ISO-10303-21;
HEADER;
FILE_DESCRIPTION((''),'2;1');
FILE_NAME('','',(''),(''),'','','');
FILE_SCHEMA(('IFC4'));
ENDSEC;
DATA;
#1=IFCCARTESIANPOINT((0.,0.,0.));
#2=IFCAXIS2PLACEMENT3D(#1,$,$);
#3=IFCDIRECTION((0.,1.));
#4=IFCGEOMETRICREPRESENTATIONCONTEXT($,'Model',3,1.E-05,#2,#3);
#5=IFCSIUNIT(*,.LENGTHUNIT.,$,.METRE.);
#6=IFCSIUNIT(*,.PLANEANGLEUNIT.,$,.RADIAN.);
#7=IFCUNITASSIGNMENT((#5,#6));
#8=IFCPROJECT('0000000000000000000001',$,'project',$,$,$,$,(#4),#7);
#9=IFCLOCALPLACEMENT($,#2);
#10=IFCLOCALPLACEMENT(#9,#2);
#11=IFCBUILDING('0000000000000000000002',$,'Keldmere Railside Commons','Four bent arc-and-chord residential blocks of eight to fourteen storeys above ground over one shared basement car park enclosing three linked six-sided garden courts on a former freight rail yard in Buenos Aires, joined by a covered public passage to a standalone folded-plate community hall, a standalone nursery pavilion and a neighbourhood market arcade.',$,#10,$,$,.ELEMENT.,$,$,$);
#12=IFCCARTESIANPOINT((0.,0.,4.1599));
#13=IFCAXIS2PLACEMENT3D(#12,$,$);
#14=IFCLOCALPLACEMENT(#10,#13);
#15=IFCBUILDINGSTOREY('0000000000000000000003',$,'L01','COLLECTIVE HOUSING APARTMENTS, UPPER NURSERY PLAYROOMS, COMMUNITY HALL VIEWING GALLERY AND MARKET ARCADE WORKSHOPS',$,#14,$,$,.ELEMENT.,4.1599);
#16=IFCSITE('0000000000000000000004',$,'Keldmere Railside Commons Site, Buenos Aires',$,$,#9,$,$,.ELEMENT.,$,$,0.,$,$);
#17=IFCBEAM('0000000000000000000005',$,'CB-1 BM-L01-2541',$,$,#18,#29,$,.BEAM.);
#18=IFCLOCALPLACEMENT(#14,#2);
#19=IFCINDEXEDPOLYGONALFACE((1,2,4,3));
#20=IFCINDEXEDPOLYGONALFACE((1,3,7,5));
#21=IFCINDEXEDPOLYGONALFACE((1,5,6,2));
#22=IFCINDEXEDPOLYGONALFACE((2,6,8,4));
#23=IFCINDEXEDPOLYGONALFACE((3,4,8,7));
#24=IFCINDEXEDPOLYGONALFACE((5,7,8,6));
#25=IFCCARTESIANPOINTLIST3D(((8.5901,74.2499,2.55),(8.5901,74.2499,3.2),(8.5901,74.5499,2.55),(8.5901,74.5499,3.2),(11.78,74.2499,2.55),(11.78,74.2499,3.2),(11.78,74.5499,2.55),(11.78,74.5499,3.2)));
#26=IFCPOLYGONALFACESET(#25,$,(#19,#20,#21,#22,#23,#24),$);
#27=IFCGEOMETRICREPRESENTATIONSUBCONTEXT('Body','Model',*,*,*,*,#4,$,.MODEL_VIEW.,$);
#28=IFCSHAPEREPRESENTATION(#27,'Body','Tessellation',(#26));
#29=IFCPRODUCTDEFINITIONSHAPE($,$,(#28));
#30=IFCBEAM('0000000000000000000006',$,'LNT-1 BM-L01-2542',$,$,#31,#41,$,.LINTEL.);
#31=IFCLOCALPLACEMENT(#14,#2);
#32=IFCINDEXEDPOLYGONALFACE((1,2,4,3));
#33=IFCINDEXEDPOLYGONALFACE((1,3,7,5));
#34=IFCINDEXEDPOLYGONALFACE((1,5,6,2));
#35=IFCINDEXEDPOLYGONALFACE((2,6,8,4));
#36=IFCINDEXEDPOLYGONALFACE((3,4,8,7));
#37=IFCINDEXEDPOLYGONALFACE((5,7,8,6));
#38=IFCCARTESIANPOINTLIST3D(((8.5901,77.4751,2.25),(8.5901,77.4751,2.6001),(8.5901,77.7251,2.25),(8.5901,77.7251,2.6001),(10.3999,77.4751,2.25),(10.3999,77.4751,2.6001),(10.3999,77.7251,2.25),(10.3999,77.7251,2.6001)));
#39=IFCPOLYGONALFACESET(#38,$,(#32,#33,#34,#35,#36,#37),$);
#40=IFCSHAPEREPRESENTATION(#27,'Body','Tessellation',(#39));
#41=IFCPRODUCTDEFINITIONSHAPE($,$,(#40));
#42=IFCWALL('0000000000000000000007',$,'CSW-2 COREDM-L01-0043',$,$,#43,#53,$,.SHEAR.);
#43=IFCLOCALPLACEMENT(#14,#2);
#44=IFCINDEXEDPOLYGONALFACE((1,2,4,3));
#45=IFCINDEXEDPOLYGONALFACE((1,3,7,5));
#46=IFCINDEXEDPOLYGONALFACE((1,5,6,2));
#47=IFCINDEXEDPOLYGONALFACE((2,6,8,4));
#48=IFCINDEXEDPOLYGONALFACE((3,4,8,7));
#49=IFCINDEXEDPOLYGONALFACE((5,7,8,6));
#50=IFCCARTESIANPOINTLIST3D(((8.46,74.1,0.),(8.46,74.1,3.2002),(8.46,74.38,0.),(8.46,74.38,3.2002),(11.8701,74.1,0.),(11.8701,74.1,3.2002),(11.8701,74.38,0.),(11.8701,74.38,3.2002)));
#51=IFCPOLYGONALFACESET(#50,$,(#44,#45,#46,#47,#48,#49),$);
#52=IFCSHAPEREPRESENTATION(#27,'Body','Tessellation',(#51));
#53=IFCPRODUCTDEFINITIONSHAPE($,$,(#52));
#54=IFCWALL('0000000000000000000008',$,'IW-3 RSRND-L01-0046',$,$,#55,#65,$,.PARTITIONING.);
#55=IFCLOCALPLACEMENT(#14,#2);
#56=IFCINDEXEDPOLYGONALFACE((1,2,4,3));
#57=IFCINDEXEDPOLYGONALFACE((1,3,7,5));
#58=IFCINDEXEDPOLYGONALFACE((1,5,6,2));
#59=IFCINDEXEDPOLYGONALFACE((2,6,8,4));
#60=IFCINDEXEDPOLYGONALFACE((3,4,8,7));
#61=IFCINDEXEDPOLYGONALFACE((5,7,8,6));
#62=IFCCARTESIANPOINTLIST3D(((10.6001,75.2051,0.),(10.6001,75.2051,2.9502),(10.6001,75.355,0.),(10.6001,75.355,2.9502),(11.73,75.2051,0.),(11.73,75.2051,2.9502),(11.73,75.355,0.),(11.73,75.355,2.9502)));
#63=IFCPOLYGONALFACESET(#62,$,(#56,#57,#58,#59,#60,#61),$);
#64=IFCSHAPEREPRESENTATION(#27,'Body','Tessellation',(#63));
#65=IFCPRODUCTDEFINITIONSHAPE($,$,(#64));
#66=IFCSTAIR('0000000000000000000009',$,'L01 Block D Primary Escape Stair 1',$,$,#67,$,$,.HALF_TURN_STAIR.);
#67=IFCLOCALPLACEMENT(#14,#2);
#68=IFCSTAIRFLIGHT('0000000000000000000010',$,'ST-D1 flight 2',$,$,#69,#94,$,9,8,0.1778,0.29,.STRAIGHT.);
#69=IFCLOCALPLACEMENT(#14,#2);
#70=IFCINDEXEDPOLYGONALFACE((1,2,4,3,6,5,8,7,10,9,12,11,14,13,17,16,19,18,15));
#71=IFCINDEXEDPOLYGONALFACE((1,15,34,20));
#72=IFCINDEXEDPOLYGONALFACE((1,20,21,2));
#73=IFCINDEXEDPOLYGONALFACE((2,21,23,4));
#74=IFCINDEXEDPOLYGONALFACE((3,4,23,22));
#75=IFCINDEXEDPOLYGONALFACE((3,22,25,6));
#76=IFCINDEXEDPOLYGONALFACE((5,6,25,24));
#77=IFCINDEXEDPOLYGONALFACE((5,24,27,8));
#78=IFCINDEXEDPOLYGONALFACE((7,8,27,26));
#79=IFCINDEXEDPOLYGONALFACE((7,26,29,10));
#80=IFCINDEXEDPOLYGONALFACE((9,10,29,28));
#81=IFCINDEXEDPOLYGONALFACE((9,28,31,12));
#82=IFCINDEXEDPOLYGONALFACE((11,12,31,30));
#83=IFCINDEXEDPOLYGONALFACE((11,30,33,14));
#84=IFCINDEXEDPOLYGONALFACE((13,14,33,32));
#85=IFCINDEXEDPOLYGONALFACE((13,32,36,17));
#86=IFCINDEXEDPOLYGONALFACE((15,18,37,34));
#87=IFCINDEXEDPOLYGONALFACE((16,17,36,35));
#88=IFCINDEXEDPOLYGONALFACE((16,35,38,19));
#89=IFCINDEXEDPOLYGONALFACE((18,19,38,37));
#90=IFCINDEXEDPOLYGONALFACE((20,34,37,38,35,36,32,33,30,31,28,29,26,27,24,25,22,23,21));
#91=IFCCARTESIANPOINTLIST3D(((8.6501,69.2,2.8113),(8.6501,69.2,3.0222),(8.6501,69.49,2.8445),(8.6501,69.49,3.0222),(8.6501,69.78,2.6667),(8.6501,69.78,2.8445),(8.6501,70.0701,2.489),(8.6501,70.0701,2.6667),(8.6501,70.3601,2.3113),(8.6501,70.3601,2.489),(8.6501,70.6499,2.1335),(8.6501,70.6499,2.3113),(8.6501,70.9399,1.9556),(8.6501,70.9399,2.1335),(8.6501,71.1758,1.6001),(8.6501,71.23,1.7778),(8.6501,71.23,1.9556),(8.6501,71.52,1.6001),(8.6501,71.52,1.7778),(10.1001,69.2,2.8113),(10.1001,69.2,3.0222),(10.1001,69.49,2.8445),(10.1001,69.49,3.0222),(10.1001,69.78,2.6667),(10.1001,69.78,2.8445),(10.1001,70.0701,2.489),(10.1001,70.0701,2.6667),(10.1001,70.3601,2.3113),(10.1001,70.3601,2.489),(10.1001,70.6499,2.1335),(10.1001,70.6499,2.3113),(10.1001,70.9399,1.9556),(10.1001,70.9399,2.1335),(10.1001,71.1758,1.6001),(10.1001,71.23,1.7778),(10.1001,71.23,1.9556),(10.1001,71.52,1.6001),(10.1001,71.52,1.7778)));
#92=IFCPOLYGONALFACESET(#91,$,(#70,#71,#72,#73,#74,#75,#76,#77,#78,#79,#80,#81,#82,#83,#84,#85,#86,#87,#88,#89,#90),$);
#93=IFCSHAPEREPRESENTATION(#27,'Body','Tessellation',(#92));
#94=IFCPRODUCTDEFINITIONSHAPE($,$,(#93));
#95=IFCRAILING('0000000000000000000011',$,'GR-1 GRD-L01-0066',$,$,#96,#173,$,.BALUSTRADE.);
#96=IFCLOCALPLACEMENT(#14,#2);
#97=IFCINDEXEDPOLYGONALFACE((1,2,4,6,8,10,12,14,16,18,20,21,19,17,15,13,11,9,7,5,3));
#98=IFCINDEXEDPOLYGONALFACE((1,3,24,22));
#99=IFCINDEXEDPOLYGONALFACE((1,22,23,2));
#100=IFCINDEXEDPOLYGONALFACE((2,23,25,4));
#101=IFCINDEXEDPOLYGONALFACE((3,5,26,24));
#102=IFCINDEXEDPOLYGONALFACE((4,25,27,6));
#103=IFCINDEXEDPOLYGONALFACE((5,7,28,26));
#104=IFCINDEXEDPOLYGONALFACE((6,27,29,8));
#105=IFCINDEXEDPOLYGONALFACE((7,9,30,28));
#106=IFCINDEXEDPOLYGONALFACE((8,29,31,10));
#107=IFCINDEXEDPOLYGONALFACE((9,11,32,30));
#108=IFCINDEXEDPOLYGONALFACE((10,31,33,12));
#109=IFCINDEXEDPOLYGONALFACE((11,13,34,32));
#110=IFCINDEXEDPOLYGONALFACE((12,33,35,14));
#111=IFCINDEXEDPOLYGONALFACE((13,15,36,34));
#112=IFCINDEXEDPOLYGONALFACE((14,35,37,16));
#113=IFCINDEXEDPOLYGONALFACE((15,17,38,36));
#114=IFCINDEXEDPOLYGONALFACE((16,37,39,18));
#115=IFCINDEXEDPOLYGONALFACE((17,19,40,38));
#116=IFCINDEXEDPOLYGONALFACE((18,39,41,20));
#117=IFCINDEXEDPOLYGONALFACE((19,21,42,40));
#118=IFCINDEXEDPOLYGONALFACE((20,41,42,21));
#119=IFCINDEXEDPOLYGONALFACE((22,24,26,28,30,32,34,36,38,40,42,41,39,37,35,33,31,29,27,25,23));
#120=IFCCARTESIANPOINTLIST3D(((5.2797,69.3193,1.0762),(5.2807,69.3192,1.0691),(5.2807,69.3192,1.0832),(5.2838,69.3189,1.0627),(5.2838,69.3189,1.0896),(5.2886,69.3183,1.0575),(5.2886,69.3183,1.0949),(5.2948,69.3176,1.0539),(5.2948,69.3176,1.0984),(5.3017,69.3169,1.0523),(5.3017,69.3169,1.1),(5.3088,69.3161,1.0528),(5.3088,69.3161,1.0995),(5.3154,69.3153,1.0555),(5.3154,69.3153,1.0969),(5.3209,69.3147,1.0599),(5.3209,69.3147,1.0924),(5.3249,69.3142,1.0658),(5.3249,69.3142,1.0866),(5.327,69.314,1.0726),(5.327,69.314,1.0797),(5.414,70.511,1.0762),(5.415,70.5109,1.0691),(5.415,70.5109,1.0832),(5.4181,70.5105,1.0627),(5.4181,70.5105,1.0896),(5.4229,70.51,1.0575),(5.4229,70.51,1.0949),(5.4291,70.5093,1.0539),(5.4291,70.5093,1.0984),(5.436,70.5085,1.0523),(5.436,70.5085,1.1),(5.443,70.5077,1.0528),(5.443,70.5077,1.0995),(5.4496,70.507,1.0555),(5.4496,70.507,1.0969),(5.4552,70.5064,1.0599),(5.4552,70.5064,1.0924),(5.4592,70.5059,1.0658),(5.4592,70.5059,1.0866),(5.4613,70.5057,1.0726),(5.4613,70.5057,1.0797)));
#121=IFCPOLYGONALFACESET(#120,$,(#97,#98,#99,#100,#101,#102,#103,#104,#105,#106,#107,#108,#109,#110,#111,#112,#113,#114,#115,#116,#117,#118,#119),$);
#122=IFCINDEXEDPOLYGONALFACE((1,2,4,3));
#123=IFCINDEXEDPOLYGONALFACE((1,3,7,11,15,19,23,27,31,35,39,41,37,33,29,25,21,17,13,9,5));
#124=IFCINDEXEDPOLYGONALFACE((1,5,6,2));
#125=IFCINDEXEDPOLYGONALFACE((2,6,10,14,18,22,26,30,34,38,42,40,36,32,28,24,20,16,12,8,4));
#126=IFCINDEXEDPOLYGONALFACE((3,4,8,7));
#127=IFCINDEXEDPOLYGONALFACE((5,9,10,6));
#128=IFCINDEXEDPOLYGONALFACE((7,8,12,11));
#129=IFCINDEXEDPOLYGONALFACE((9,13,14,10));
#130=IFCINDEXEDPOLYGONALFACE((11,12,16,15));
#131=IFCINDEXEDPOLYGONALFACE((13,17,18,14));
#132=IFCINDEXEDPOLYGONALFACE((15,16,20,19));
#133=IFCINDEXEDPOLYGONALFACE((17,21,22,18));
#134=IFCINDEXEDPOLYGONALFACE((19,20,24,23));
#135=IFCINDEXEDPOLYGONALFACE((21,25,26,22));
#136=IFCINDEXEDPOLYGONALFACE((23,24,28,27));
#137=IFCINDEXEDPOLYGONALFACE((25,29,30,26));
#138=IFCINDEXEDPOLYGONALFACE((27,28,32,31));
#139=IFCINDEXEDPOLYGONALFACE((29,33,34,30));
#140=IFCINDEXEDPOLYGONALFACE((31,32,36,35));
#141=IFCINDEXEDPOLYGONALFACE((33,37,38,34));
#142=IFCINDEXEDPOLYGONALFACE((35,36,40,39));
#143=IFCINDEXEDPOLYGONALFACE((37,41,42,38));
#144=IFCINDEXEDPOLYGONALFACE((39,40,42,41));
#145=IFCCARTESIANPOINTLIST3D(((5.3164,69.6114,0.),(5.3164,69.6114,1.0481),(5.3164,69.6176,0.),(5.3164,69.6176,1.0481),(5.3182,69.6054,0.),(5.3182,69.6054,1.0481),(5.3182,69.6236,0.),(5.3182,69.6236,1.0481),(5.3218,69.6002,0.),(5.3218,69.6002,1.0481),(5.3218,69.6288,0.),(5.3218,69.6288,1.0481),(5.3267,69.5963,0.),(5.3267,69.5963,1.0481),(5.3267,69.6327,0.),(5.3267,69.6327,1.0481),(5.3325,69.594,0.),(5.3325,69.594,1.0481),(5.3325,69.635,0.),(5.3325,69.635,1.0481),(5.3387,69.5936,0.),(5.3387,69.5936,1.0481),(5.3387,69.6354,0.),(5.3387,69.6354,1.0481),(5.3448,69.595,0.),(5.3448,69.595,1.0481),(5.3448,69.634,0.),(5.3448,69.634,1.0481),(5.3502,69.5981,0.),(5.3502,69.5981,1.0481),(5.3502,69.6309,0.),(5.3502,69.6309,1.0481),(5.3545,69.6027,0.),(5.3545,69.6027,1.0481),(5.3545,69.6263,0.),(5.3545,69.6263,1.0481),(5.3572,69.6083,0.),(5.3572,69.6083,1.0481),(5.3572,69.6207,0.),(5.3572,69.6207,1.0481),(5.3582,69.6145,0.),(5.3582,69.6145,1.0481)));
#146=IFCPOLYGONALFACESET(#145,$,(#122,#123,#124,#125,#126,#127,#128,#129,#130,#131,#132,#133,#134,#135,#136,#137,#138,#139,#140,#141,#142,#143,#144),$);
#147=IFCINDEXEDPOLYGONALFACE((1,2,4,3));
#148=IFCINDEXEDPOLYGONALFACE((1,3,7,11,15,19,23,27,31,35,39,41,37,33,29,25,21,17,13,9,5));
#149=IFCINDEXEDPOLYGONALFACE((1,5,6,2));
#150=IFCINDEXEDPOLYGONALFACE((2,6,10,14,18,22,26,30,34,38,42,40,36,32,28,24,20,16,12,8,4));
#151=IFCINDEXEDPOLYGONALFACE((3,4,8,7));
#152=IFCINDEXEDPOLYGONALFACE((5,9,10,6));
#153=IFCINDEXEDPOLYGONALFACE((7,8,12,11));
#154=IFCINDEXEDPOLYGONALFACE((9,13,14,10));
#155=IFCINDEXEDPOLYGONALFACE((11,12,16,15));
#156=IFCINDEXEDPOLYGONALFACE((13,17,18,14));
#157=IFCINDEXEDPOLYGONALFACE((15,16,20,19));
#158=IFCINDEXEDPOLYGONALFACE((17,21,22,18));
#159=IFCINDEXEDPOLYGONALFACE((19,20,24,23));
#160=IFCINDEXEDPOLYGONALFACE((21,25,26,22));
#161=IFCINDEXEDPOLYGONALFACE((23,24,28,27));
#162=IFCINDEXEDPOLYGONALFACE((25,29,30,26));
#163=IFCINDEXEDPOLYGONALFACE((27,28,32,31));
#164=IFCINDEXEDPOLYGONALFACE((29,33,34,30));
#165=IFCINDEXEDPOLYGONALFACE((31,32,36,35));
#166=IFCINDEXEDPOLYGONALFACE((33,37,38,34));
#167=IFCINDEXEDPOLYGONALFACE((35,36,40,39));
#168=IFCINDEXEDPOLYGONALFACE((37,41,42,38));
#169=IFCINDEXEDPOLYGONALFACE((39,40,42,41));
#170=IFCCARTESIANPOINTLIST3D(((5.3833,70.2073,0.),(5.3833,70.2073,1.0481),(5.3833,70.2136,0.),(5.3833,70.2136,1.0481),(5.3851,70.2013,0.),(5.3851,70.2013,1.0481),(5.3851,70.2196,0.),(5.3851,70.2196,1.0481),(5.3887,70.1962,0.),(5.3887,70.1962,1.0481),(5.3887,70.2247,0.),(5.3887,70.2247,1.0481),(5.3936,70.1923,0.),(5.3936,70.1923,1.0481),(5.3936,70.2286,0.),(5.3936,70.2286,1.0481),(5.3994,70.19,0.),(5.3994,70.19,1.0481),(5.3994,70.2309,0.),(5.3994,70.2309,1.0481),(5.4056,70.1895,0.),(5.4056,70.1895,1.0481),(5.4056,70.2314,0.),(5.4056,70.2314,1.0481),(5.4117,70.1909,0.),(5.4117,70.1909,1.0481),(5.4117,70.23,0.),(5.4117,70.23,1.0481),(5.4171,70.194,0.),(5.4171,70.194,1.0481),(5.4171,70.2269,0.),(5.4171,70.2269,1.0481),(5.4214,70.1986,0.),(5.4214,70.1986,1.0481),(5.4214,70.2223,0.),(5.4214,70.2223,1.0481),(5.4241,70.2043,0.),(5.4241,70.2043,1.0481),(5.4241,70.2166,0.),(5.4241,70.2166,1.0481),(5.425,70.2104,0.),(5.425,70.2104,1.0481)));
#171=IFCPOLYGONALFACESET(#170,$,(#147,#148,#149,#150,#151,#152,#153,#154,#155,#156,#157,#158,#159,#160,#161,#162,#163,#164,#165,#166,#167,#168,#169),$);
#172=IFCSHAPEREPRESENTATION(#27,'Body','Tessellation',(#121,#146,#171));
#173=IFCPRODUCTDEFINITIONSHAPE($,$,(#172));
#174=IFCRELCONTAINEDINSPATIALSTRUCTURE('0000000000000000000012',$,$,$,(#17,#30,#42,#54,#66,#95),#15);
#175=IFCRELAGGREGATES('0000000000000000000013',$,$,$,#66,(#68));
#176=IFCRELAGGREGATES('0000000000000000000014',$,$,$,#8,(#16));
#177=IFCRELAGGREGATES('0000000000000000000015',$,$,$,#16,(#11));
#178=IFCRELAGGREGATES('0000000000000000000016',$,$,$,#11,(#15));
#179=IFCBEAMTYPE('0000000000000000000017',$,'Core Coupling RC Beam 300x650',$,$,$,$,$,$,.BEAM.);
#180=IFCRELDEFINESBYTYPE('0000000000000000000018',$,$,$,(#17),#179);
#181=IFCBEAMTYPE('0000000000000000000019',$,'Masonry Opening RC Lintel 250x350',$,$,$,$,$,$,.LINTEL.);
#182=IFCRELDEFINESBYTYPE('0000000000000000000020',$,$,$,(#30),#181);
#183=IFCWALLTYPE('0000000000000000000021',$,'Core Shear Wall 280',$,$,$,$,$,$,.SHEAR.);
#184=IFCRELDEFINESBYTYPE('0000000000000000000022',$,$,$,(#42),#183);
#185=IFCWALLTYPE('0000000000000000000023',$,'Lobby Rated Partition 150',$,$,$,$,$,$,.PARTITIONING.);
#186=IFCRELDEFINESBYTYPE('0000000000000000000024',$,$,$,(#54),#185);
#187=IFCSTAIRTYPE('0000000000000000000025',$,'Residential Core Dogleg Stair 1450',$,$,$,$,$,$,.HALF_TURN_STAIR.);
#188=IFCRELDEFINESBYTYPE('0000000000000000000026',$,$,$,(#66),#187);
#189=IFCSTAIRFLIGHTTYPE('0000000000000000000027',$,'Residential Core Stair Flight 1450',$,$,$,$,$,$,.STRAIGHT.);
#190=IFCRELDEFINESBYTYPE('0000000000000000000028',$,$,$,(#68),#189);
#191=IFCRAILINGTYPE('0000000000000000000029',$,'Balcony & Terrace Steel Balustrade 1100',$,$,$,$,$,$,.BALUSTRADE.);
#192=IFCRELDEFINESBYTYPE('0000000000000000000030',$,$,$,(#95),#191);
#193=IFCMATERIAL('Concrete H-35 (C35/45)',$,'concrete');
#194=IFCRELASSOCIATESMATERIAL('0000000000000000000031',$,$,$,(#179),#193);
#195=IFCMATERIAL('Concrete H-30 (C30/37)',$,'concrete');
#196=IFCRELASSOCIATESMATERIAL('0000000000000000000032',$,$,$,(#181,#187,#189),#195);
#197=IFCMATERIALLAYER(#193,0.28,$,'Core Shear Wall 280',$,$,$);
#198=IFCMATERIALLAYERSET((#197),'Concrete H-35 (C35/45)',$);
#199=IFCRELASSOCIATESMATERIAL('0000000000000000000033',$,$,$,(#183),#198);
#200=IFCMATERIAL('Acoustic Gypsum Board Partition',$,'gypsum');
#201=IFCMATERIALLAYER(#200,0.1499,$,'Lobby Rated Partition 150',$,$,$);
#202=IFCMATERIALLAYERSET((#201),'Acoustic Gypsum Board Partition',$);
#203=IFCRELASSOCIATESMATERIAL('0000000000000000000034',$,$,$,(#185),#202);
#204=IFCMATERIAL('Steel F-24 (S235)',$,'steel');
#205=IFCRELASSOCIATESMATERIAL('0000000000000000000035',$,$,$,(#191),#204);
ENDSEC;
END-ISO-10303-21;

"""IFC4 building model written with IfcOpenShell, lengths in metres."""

from ifc_helpers import new_model, si_unit, direction, frame, frame_2d, origin, origin_2d, place, context, subcontext, project, spatial, polyline, rectangle, circle, outline, extrude, material, layer, layer_set, material_profile, profile_set, type_object, element, aggregate, save


model = new_model("IFC4")

# Units and contexts
model_context = context("Model", 3, precision=1e-05, world=origin(), true_north=direction((0.0, 1.0)))
body_context = subcontext(model_context, "Body", "Model", "MODEL_VIEW")
ifc_project = project(units=[si_unit("LENGTHUNIT", "METRE"), si_unit("PLANEANGLEUNIT", "RADIAN")], contexts=[model_context])

# Site, building, storey
site_placement = place(None, origin())
site = spatial("IfcSite", under=ifc_project, at=site_placement, Name="Keldmere Railside Commons Site, Buenos Aires", CompositionType="ELEMENT", RefElevation=0.0)
building_placement = place(site_placement, origin())
building = spatial("IfcBuilding", under=site, at=building_placement, Name="Keldmere Railside Commons", Description="Four bent arc-and-chord residential blocks of eight to fourteen storeys above ground over one shared basement car park enclosing three linked six-sided garden courts on a former freight rail yard in Buenos Aires, joined by a covered public passage to a standalone folded-plate community hall, a standalone nursery pavilion and a neighbourhood market arcade.", CompositionType="ELEMENT")
storey_placement = place(building_placement, frame((0.0, 0.0, 4.1599)))
storey = spatial("IfcBuildingStorey", under=building, at=storey_placement, Name="L01", Description="COLLECTIVE HOUSING APARTMENTS, UPPER NURSERY PLAYROOMS, COMMUNITY HALL VIEWING GALLERY AND MARKET ARCADE WORKSHOPS", CompositionType="ELEMENT", Elevation=4.1599)

# Beams
ifc_material_1 = material(Name="Concrete H-35 (C35/45)", Category="concrete")
ifc_material_profile_1 = material_profile(ifc_material_1, rectangle(XDim=0.3, YDim=0.6499, at=origin_2d()), Name="RC-300x650")
ifc_profile_set_1 = profile_set([ifc_material_profile_1], Name="Concrete H-35 (C35/45)")
beam_type_1 = type_object("IfcBeamType", Name="Core Coupling RC Beam 300x650", PredefinedType="BEAM", material=ifc_profile_set_1)
beam_1_placement = place(storey_placement, frame((8.5901, 74.3999, 2.875), z_axis=(1.0, 0.0, 0.0), x_axis=(0.0, 1.0, 0.0)))
element("IfcBeam", 1, at=beam_1_placement, inside=storey, type_object=beam_type_1, Name="CB-1 BM-L01-2541", PredefinedType="BEAM", context=body_context, shape_type="SweptSolid", body=[
    extrude(rectangle(XDim=0.3, YDim=0.6499, at=origin_2d()), origin(), (0.0, 0.0, 1.0), 3.1899),
])
ifc_material_2 = material(Name="Concrete H-30 (C30/37)", Category="concrete")
ifc_material_profile_2 = material_profile(ifc_material_2, rectangle(XDim=0.25, YDim=0.3501, at=origin_2d()), Name="RC-250x350")
ifc_profile_set_2 = profile_set([ifc_material_profile_2], Name="Concrete H-30 (C30/37)")
beam_type_2 = type_object("IfcBeamType", Name="Masonry Opening RC Lintel 250x350", PredefinedType="LINTEL", material=ifc_profile_set_2)
beam_2_placement = place(storey_placement, frame((8.5901, 77.6001, 2.425), z_axis=(1.0, 0.0, 0.0), x_axis=(0.0, 1.0, 0.0)))
element("IfcBeam", 2, at=beam_2_placement, inside=storey, type_object=beam_type_2, Name="LNT-1 BM-L01-2542", PredefinedType="LINTEL", context=body_context, shape_type="SweptSolid", body=[
    extrude(rectangle(XDim=0.25, YDim=0.3501, at=origin_2d()), origin(), (0.0, 0.0, 1.0), 1.8098),
])

# Wall
ifc_layer_1 = layer(ifc_material_1, 0.28, Name="Core Shear Wall 280")
ifc_layer_set_1 = layer_set([ifc_layer_1], Name="Concrete H-35 (C35/45)")
wall_type_1 = type_object("IfcWallType", Name="Core Shear Wall 280", PredefinedType="SHEAR", material=ifc_layer_set_1)
wall_1_placement = place(storey_placement, frame((8.46, 74.24, 0.0), z_axis=(0.0, 0.0, 1.0), x_axis=(1.0, 0.0, 0.0)))
element("IfcWall", 3, at=wall_1_placement, inside=storey, type_object=wall_type_1, Name="CSW-2 COREDM-L01-0043", PredefinedType="SHEAR", context=body_context, shape_type="SweptSolid", body=[
    extrude(rectangle(XDim=3.4102, YDim=0.28, at=frame_2d((1.7051, 0.0))), origin(), (0.0, 0.0, 1.0), 3.2002),
])

# Shared definitions
ifc_material_3 = material(Name="Steel F-24 (S235)", Category="steel")

# Wall
ifc_material_4 = material(Name="Acoustic Gypsum Board Partition", Category="gypsum")
ifc_layer_2 = layer(ifc_material_4, 0.1499, Name="Lobby Rated Partition 150")
ifc_layer_set_2 = layer_set([ifc_layer_2], Name="Acoustic Gypsum Board Partition")
wall_type_2 = type_object("IfcWallType", Name="Lobby Rated Partition 150", PredefinedType="PARTITIONING", material=ifc_layer_set_2)
wall_2_placement = place(storey_placement, frame((10.6001, 75.28, 0.0), z_axis=(0.0, 0.0, 1.0), x_axis=(1.0, 0.0, 0.0)))
element("IfcWall", 4, at=wall_2_placement, inside=storey, type_object=wall_type_2, Name="IW-3 RSRND-L01-0046", PredefinedType="PARTITIONING", context=body_context, shape_type="SweptSolid", body=[
    extrude(rectangle(XDim=1.1299, YDim=0.1499, at=frame_2d((0.5649, 0.0))), origin(), (0.0, 0.0, 1.0), 2.9502),
])

# Stair, stair flight
stair_type = type_object("IfcStairType", Name="Residential Core Dogleg Stair 1450", PredefinedType="HALF_TURN_STAIR", material=ifc_material_2)
stair_placement = place(storey_placement, origin())
stair = element("IfcStair", 5, at=stair_placement, inside=storey, type_object=stair_type, Name="L01 Block D Primary Escape Stair 1", PredefinedType="HALF_TURN_STAIR")
stair_flight_type = type_object("IfcStairFlightType", Name="Residential Core Stair Flight 1450", PredefinedType="STRAIGHT", material=ifc_material_2)
stair_flight_placement = place(storey_placement, frame((9.375, 71.52, 1.6001), z_axis=(0.0, 0.0, 1.0), x_axis=(0.0, -1.0, 0.0)))
stair_flight = element("IfcStairFlight", 6, at=stair_flight_placement, type_object=stair_flight_type, Name="ST-D1 flight 2", NumberOfRisers=9, NumberOfTreads=8, PredefinedType="STRAIGHT", RiserHeight=0.1778, TreadLength=0.29, context=body_context, shape_type="SweptSolid", body=[
    extrude(outline(polyline([(0.0, 0.0), (0.0, 0.1777), (0.29, 0.1777), (0.29, 0.3555), (0.5801, 0.3555), (0.5801, 0.5334), (0.8701, 0.5334), (0.8701, 0.7112), (1.1599, 0.7112), (1.1599, 0.8889), (1.45, 0.8889), (1.45, 1.0667), (1.74, 1.0667), (1.74, 1.2444), (2.03, 1.2444), (2.03, 1.4221), (2.3201, 1.4221), (2.3201, 1.6001), (2.3201, 1.2112), (0.3442, 0.0), (0.0, 0.0)])), frame((0.0, 0.7251, 0.0), z_axis=(0.0, -1.0, 0.0), x_axis=(1.0, 0.0, 0.0)), (0.0, 0.0, 1.0), 1.45),
])
aggregate(stair, [stair_flight])

# Railing
railing_type_1 = type_object("IfcRailingType", Name="Balcony & Terrace Steel Balustrade 1100", PredefinedType="BALUSTRADE", material=ifc_material_3)
railing_1_placement = place(storey_placement, frame((5.3035, 69.3167, 0.0)))
element("IfcRailing", 7, at=railing_1_placement, inside=storey, type_object=railing_type_1, Name="GR-1 GRD-L01-0066", PredefinedType="BALUSTRADE", context=body_context, shape_type="SweptSolid", body=[
    extrude(circle(Radius=0.0239, at=origin_2d()), frame((0.0, 0.0, 1.0762), z_axis=(0.111973, 0.993711, 0.0), x_axis=(-0.993711, 0.111973, 0.0)), (0.0, 0.0, 1.0), 1.1992),
    extrude(circle(Radius=0.021, at=origin_2d()), frame((0.0337, 0.2979, 0.0)), (0.0, 0.0, 1.0), 1.0481),
    extrude(circle(Radius=0.021, at=origin_2d()), frame((0.1006, 0.8938, 0.0)), (0.0, 0.0, 1.0), 1.0481),
])

save(model, "model.ifc")
